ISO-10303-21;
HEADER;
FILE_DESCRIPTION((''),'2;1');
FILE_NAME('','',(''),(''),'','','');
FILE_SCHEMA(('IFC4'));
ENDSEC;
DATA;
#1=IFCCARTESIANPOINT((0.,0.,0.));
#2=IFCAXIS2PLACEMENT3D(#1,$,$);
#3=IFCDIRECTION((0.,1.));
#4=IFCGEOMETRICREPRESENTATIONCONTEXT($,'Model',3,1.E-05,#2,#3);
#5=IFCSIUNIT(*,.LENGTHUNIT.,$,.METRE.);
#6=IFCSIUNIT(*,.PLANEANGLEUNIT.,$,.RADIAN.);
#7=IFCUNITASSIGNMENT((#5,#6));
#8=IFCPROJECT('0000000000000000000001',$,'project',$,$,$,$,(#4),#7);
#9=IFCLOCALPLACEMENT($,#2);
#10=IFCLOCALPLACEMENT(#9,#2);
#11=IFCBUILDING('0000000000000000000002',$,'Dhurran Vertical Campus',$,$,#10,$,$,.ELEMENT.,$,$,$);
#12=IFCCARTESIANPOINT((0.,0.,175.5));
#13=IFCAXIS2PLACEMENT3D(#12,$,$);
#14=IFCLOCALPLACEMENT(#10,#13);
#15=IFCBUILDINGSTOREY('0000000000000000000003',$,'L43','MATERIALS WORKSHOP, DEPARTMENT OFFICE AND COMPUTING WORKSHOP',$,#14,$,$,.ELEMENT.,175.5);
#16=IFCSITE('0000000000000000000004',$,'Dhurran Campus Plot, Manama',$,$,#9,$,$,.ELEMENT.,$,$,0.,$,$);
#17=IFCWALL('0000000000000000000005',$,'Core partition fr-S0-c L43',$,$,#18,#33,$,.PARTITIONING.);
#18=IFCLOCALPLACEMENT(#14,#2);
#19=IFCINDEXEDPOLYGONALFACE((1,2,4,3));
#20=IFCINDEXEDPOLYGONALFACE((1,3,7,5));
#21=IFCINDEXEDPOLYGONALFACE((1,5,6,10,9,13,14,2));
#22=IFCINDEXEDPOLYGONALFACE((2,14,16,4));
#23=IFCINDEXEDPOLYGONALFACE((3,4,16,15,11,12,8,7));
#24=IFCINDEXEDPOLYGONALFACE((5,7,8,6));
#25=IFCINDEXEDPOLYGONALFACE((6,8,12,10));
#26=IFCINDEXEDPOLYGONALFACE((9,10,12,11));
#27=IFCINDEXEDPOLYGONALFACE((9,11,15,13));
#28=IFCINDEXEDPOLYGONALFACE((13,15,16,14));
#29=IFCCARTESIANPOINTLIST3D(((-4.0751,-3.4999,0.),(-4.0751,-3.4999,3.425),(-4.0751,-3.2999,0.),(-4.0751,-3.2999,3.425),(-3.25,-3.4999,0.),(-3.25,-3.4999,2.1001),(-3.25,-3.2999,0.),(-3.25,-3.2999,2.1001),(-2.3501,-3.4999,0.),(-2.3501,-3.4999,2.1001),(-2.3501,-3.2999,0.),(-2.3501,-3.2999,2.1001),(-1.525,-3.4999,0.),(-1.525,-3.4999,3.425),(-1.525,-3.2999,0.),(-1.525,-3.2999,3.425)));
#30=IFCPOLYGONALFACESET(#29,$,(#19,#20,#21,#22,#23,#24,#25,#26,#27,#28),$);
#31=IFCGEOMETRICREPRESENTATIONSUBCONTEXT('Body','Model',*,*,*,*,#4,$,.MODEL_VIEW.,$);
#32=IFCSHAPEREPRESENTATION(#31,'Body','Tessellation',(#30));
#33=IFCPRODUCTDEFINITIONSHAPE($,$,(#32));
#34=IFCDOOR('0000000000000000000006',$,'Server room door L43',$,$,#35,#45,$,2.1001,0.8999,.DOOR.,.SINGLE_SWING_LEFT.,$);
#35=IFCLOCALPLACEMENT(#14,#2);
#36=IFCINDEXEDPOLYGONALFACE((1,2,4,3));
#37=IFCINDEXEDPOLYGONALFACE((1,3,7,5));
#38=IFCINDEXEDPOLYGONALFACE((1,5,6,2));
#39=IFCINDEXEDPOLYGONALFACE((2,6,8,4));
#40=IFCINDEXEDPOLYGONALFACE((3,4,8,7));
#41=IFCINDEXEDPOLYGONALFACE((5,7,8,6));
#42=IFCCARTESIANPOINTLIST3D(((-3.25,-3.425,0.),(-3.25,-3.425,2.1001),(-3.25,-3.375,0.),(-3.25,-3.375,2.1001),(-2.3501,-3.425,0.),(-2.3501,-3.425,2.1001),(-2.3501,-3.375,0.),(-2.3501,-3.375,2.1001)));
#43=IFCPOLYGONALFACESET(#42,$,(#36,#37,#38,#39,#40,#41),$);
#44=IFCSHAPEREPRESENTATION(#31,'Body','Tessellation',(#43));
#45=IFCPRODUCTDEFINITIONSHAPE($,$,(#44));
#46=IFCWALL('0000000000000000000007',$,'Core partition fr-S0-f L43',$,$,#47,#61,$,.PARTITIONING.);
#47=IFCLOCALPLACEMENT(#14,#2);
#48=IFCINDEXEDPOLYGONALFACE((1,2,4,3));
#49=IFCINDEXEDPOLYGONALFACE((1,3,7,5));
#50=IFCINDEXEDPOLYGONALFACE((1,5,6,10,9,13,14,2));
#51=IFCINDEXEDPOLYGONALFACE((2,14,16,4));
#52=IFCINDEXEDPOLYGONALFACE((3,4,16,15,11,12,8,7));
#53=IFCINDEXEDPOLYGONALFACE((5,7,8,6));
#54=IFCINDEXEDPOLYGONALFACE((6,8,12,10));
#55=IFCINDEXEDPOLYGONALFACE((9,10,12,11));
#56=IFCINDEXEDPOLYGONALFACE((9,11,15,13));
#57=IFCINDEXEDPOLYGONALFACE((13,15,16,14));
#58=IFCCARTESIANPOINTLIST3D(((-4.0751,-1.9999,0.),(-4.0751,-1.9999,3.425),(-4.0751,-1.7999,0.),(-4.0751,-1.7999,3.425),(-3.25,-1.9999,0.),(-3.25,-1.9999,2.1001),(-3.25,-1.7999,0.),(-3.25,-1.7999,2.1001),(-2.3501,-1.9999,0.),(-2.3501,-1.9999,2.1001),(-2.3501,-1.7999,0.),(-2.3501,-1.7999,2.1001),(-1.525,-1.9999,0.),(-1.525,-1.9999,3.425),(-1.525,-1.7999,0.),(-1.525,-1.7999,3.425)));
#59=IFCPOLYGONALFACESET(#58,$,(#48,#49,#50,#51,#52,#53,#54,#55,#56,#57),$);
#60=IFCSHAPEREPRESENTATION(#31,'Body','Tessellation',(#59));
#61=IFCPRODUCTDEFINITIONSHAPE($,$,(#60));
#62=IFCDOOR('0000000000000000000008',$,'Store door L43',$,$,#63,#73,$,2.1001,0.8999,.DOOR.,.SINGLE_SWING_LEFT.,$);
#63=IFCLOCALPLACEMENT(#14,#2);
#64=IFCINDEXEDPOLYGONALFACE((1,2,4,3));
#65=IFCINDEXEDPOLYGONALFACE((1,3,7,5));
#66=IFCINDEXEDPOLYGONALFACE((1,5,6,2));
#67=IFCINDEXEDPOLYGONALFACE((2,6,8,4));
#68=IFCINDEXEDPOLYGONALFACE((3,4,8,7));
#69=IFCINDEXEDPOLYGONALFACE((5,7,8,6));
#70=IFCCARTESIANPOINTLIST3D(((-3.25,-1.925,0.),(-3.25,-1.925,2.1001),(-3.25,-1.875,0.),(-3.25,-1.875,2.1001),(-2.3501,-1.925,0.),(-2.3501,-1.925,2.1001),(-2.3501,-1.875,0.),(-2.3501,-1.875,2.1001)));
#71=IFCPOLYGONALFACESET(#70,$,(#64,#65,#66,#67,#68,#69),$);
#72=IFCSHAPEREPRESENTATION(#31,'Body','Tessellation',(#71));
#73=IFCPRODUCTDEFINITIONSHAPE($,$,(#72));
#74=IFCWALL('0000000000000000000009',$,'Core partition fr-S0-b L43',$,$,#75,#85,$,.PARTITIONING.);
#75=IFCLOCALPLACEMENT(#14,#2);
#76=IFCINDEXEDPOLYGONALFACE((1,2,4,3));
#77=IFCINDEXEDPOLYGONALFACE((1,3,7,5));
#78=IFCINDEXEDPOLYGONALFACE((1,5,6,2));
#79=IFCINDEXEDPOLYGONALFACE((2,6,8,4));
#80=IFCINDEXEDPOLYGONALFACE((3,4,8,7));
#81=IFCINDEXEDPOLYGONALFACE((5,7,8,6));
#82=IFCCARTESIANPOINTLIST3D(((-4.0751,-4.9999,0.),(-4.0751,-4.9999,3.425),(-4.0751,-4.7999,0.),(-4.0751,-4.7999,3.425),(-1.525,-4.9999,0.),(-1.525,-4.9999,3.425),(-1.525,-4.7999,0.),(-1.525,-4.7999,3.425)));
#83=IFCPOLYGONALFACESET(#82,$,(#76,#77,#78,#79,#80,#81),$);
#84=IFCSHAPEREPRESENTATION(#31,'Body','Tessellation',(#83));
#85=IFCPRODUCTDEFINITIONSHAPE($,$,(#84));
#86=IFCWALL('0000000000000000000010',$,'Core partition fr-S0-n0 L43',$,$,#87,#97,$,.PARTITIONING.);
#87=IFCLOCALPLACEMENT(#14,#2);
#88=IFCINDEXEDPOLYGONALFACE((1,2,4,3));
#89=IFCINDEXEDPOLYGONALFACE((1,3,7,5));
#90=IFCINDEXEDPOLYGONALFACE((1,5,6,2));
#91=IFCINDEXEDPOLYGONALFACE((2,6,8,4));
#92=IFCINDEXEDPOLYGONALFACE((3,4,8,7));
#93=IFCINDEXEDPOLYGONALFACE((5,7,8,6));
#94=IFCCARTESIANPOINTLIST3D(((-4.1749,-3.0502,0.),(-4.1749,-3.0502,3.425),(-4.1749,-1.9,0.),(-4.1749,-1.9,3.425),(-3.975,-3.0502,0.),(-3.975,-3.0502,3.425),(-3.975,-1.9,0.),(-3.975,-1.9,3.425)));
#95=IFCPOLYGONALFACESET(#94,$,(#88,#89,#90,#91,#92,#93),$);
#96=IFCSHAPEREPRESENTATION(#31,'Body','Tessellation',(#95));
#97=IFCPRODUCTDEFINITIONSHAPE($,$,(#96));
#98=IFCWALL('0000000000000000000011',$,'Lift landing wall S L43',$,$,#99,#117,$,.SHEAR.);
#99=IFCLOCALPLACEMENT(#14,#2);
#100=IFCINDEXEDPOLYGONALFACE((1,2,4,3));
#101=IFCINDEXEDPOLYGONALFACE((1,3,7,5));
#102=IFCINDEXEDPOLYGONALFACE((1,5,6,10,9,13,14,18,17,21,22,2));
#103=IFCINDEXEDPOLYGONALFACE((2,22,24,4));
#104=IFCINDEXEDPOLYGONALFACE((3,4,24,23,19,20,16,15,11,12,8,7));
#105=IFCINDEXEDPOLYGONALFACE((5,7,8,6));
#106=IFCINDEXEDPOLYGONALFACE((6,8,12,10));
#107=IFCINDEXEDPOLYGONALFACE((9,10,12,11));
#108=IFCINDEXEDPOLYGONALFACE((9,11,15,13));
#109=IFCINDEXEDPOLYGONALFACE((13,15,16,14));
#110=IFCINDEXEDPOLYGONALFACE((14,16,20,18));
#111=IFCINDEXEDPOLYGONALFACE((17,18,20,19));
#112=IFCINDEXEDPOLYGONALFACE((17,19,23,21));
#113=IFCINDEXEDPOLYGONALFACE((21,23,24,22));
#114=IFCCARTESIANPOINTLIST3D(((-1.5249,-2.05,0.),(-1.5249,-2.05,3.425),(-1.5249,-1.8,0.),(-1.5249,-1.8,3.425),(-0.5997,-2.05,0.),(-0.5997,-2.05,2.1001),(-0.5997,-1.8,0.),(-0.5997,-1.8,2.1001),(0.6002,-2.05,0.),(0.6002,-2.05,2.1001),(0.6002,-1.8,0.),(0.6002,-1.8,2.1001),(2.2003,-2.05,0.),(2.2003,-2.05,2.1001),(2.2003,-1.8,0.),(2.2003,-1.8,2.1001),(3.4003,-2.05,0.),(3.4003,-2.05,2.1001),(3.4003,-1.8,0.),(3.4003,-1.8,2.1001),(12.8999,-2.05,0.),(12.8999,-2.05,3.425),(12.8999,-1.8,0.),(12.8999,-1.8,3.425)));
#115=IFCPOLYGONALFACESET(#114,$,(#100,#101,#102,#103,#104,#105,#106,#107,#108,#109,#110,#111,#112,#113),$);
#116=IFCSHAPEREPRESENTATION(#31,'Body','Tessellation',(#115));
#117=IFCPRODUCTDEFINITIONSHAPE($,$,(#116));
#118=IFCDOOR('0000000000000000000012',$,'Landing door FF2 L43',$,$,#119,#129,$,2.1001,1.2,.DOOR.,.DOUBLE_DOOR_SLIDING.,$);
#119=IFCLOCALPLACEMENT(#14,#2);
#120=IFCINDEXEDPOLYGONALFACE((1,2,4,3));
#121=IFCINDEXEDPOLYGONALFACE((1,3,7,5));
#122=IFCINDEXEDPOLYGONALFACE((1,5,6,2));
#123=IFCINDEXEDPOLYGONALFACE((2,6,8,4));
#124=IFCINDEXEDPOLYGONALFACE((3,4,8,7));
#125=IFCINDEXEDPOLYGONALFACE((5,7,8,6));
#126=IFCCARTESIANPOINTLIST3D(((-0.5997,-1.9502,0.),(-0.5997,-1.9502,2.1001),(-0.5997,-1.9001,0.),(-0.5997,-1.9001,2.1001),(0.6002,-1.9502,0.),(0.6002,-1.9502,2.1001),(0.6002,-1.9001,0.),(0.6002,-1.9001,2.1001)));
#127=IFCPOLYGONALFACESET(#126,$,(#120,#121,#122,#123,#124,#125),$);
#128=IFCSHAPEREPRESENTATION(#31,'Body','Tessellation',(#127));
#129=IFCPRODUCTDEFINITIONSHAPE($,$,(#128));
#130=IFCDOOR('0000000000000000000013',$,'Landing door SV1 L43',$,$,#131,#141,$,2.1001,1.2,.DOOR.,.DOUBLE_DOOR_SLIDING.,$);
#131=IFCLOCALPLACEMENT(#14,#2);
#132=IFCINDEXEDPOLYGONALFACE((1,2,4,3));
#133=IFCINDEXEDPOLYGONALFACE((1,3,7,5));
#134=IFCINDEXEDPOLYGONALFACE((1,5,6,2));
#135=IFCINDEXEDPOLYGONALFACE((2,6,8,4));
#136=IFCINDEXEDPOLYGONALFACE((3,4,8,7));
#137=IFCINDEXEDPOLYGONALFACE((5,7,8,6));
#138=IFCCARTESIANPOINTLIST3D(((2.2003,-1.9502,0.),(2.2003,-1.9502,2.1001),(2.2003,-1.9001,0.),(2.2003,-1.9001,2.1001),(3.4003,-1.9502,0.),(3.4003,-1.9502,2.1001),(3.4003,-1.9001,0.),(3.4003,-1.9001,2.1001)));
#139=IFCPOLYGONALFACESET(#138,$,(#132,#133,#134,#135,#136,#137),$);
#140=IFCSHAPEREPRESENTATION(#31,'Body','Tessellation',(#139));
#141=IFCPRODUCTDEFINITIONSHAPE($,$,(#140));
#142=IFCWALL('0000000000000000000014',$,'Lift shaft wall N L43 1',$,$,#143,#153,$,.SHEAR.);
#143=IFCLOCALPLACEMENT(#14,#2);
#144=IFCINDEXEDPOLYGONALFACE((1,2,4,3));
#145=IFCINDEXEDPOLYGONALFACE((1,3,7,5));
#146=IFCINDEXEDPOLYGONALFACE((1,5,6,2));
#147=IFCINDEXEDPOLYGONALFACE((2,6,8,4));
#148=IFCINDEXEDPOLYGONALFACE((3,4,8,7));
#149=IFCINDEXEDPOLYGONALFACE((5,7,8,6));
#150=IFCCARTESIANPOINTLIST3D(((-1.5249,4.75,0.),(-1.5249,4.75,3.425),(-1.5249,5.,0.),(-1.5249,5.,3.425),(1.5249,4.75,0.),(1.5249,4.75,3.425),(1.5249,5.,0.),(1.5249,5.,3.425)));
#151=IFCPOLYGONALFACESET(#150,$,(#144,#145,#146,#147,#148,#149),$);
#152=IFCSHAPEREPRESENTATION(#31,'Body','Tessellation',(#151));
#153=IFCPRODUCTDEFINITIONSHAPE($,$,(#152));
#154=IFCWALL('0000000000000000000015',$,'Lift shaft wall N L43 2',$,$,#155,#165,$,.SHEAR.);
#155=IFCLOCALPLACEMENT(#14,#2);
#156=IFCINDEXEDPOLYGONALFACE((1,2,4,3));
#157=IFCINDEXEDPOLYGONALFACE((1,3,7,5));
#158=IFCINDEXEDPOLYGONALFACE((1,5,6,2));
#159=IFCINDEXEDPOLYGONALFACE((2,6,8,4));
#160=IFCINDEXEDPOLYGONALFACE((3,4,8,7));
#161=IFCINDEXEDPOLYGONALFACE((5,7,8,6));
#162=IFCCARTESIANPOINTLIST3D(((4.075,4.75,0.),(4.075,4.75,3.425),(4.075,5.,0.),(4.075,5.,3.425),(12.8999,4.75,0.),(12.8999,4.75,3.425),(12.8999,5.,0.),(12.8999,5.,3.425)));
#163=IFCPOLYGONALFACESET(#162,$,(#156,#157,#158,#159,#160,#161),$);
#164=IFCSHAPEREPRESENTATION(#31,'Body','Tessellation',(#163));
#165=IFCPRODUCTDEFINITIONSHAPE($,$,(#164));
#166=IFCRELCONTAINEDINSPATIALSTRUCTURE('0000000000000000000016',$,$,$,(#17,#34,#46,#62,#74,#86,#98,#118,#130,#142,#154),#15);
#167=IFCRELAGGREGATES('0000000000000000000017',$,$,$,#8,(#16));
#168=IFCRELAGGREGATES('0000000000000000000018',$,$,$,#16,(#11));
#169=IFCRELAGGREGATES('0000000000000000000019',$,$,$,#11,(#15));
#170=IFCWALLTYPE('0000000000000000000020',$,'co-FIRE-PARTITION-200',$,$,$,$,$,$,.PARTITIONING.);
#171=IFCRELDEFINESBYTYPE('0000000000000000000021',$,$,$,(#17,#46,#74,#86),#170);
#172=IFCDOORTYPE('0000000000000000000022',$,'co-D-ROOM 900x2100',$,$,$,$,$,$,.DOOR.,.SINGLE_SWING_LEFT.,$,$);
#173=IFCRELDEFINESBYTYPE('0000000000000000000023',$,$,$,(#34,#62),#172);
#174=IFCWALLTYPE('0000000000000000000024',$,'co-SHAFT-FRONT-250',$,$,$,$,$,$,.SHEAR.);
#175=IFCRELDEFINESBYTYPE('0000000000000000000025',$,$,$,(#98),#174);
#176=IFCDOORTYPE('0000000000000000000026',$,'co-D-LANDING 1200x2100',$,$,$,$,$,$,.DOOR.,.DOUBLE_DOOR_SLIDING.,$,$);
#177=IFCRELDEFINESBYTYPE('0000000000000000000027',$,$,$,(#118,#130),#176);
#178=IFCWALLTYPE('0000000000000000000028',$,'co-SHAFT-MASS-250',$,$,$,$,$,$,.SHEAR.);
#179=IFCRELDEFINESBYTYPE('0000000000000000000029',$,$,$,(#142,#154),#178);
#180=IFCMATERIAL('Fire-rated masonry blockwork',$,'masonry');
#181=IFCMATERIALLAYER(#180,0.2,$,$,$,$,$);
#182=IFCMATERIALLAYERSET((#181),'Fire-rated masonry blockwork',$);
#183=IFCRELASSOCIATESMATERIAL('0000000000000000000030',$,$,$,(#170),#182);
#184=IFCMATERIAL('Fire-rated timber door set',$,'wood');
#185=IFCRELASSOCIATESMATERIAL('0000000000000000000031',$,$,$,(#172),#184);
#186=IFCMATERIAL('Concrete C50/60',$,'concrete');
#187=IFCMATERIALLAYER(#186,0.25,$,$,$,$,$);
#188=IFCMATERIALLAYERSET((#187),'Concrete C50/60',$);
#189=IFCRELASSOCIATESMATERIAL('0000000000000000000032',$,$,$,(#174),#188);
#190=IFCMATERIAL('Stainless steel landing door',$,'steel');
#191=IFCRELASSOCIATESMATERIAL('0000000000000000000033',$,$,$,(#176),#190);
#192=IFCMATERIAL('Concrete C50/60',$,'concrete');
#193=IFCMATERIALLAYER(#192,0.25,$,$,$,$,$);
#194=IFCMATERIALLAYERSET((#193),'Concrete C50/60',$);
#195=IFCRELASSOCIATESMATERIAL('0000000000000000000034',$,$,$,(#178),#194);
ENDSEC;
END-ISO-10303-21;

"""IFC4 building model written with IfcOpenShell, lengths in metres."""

from ifc_helpers import new_model, si_unit, direction, frame, frame_2d, origin, place, context, subcontext, project, spatial, polyline, rectangle, outline, extrude, material, layer, layer_set, type_object, element, fill, save


model = new_model("IFC4")

# Units and contexts
model_context = context("Model", 3, precision=1e-05, world=origin(), true_north=direction((0.0, 1.0)))
body_context = subcontext(model_context, "Body", "Model", "MODEL_VIEW")
ifc_project = project(units=[si_unit("LENGTHUNIT", "METRE"), si_unit("PLANEANGLEUNIT", "RADIAN")], contexts=[model_context])

# Site, building, storey
site_placement = place(None, origin())
site = spatial("IfcSite", under=ifc_project, at=site_placement, Name="Dhurran Campus Plot, Manama", CompositionType="ELEMENT", RefElevation=0.0)
building_placement = place(site_placement, origin())
building = spatial("IfcBuilding", under=site, at=building_placement, Name="Dhurran Vertical Campus", CompositionType="ELEMENT")
storey_placement = place(building_placement, frame((0.0, 0.0, 175.5)))
storey = spatial("IfcBuildingStorey", under=building, at=storey_placement, Name="L43", Description="MATERIALS WORKSHOP, DEPARTMENT OFFICE AND COMPUTING WORKSHOP", CompositionType="ELEMENT", Elevation=175.5)

# Shared definitions
ifc_material_1 = material(Name="Fire-rated masonry blockwork", Category="masonry")
ifc_layer_1 = layer(ifc_material_1, 0.2)
ifc_layer_set_1 = layer_set([ifc_layer_1], Name="Fire-rated masonry blockwork")
wall_type_1 = type_object("IfcWallType", Name="co-FIRE-PARTITION-200", PredefinedType="PARTITIONING", material=ifc_layer_set_1)

# Walls, openings, doors
wall_1_placement = place(storey_placement, frame((-4.075, -3.3999, 0.0), z_axis=(0.0, 0.0, 1.0), x_axis=(1.0, 0.0, 0.0)))
wall_1 = element("IfcWall", 1, at=wall_1_placement, inside=storey, type_object=wall_type_1, Name="Core partition fr-S0-c L43", PredefinedType="PARTITIONING", context=body_context, shape_type="SweptSolid", body=[
    extrude(rectangle(XDim=2.55, YDim=0.2, at=frame_2d((1.2749, 0.0))), origin(), (0.0, 0.0, 1.0), 3.425),
])
opening_1_placement = place(wall_1_placement, frame((0.825, 0.0, 0.0)))
opening_1 = element("IfcOpeningElement", 2, at=opening_1_placement, cuts=wall_1, PredefinedType="OPENING", context=body_context, shape_type="SweptSolid", body=[
    extrude(rectangle(XDim=0.8999, YDim=2.1001, at=frame_2d((0.45, 1.05))), frame((0.0, 0.1099, 0.0), z_axis=(0.0, -1.0, 0.0), x_axis=(1.0, 0.0, 0.0)), (0.0, 0.0, 1.0), 0.22),
])
ifc_material_2 = material(Name="Fire-rated timber door set", Category="wood")
door_type_1 = type_object("IfcDoorType", Name="co-D-ROOM 900x2100", OperationType="SINGLE_SWING_LEFT", PredefinedType="DOOR", material=ifc_material_2)
door_1_placement = place(opening_1_placement, origin())
door_1 = element("IfcDoor", 3, at=door_1_placement, inside=storey, type_object=door_type_1, Name="Server room door L43", OperationType="SINGLE_SWING_LEFT", OverallHeight=2.1001, OverallWidth=0.8999, PredefinedType="DOOR", context=body_context, shape_type="SweptSolid", body=[
    extrude(rectangle(XDim=0.8999, YDim=2.1001, at=frame_2d((0.45, 1.05))), frame((0.0, 0.0249, 0.0), z_axis=(0.0, -1.0, 0.0), x_axis=(1.0, 0.0, 0.0)), (0.0, 0.0, 1.0), 0.05),
])
fill(opening_1, door_1)
wall_2_placement = place(storey_placement, frame((-4.075, -1.8999, 0.0), z_axis=(0.0, 0.0, 1.0), x_axis=(1.0, 0.0, 0.0)))
wall_2 = element("IfcWall", 4, at=wall_2_placement, inside=storey, type_object=wall_type_1, Name="Core partition fr-S0-f L43", PredefinedType="PARTITIONING", context=body_context, shape_type="SweptSolid", body=[
    extrude(rectangle(XDim=2.55, YDim=0.2, at=frame_2d((1.2749, 0.0))), origin(), (0.0, 0.0, 1.0), 3.425),
])
opening_2_placement = place(wall_2_placement, frame((0.825, 0.0, 0.0)))
opening_2 = element("IfcOpeningElement", 5, at=opening_2_placement, cuts=wall_2, PredefinedType="OPENING", context=body_context, shape_type="SweptSolid", body=[
    extrude(rectangle(XDim=0.8999, YDim=2.1001, at=frame_2d((0.45, 1.05))), frame((0.0, 0.1099, 0.0), z_axis=(0.0, -1.0, 0.0), x_axis=(1.0, 0.0, 0.0)), (0.0, 0.0, 1.0), 0.22),
])
door_2_placement = place(opening_2_placement, origin())
door_2 = element("IfcDoor", 6, at=door_2_placement, inside=storey, type_object=door_type_1, Name="Store door L43", OperationType="SINGLE_SWING_LEFT", OverallHeight=2.1001, OverallWidth=0.8999, PredefinedType="DOOR", context=body_context, shape_type="SweptSolid", body=[
    extrude(rectangle(XDim=0.8999, YDim=2.1001, at=frame_2d((0.45, 1.05))), frame((0.0, 0.0249, 0.0), z_axis=(0.0, -1.0, 0.0), x_axis=(1.0, 0.0, 0.0)), (0.0, 0.0, 1.0), 0.05),
])
fill(opening_2, door_2)

# Walls
wall_3_placement = place(storey_placement, frame((-4.075, -4.8999, 0.0), z_axis=(0.0, 0.0, 1.0), x_axis=(1.0, 0.0, 0.0)))
element("IfcWall", 7, at=wall_3_placement, inside=storey, type_object=wall_type_1, Name="Core partition fr-S0-b L43", PredefinedType="PARTITIONING", context=body_context, shape_type="SweptSolid", body=[
    extrude(rectangle(XDim=2.55, YDim=0.2, at=frame_2d((1.2749, 0.0))), origin(), (0.0, 0.0, 1.0), 3.425),
])
wall_4_placement = place(storey_placement, frame((-4.075, -1.8999, 0.0), z_axis=(0.0, 0.0, 1.0), x_axis=(0.0, -1.0, 0.0)))
element("IfcWall", 8, at=wall_4_placement, inside=storey, type_object=wall_type_1, Name="Core partition fr-S0-n0 L43", PredefinedType="PARTITIONING", context=body_context, shape_type="SweptSolid", body=[
    extrude(rectangle(XDim=1.1501, YDim=0.2, at=frame_2d((0.5752, 0.0))), origin(), (0.0, 0.0, 1.0), 3.425),
])

# Wall, openings, doors
ifc_material_3 = material(Name="Concrete C50/60", Category="concrete")
ifc_layer_2 = layer(ifc_material_3, 0.25)
ifc_layer_set_2 = layer_set([ifc_layer_2], Name="Concrete C50/60")
wall_type_2 = type_object("IfcWallType", Name="co-SHAFT-FRONT-250", PredefinedType="SHEAR", material=ifc_layer_set_2)
wall_5_placement = place(storey_placement, frame((-1.5249, -1.925, 0.0), z_axis=(0.0, 0.0, 1.0), x_axis=(1.0, 0.0, 0.0)))
wall_5 = element("IfcWall", 9, at=wall_5_placement, inside=storey, type_object=wall_type_2, Name="Lift landing wall S L43", PredefinedType="SHEAR", context=body_context, shape_type="SweptSolid", body=[
    extrude(rectangle(XDim=14.4248, YDim=0.25, at=frame_2d((7.2124, 0.0))), origin(), (0.0, 0.0, 1.0), 3.425),
])
opening_3_placement = place(wall_5_placement, frame((0.925, 0.0, 0.0)))
opening_3 = element("IfcOpeningElement", 10, at=opening_3_placement, cuts=wall_5, PredefinedType="OPENING", context=body_context, shape_type="SweptSolid", body=[
    extrude(rectangle(XDim=1.2, YDim=2.1001, at=frame_2d((0.6001, 1.05))), frame((0.0, 0.135, 0.0), z_axis=(0.0, -1.0, 0.0), x_axis=(1.0, 0.0, 0.0)), (0.0, 0.0, 1.0), 0.27),
])
opening_4_placement = place(wall_5_placement, frame((3.7251, 0.0, 0.0)))
opening_4 = element("IfcOpeningElement", 11, at=opening_4_placement, cuts=wall_5, PredefinedType="OPENING", context=body_context, shape_type="SweptSolid", body=[
    extrude(rectangle(XDim=1.2, YDim=2.1001, at=frame_2d((0.6001, 1.05))), frame((0.0, 0.135, 0.0), z_axis=(0.0, -1.0, 0.0), x_axis=(1.0, 0.0, 0.0)), (0.0, 0.0, 1.0), 0.27),
])
ifc_material_4 = material(Name="Stainless steel landing door", Category="steel")
door_type_2 = type_object("IfcDoorType", Name="co-D-LANDING 1200x2100", OperationType="DOUBLE_DOOR_SLIDING", PredefinedType="DOOR", material=ifc_material_4)
door_3_placement = place(opening_3_placement, origin())
door_3 = element("IfcDoor", 12, at=door_3_placement, inside=storey, type_object=door_type_2, Name="Landing door FF2 L43", OperationType="DOUBLE_DOOR_SLIDING", OverallHeight=2.1001, OverallWidth=1.2, PredefinedType="DOOR", context=body_context, shape_type="SweptSolid", body=[
    extrude(rectangle(XDim=1.2, YDim=2.1001, at=frame_2d((0.6001, 1.05))), frame((0.0, 0.0249, 0.0), z_axis=(0.0, -1.0, 0.0), x_axis=(1.0, 0.0, 0.0)), (0.0, 0.0, 1.0), 0.05),
])
fill(opening_3, door_3)
door_4_placement = place(opening_4_placement, origin())
door_4 = element("IfcDoor", 13, at=door_4_placement, inside=storey, type_object=door_type_2, Name="Landing door SV1 L43", OperationType="DOUBLE_DOOR_SLIDING", OverallHeight=2.1001, OverallWidth=1.2, PredefinedType="DOOR", context=body_context, shape_type="SweptSolid", body=[
    extrude(rectangle(XDim=1.2, YDim=2.1001, at=frame_2d((0.6001, 1.05))), frame((0.0, 0.0249, 0.0), z_axis=(0.0, -1.0, 0.0), x_axis=(1.0, 0.0, 0.0)), (0.0, 0.0, 1.0), 0.05),
])
fill(opening_4, door_4)

# Walls
ifc_material_5 = material(Name="Concrete C50/60", Category="concrete")
ifc_layer_3 = layer(ifc_material_5, 0.25)
ifc_layer_set_3 = layer_set([ifc_layer_3], Name="Concrete C50/60")
wall_type_3 = type_object("IfcWallType", Name="co-SHAFT-MASS-250", PredefinedType="SHEAR", material=ifc_layer_set_3)
wall_6_placement = place(storey_placement, origin())
element("IfcWall", 14, at=wall_6_placement, inside=storey, type_object=wall_type_3, Name="Lift shaft wall N L43 1", PredefinedType="SHEAR", context=body_context, shape_type="SweptSolid", body=[
    extrude(outline(polyline([(-1.5249, 4.75), (1.5249, 4.75), (1.5249, 5.0), (-1.5249, 5.0), (-1.5249, 4.75)])), origin(), (0.0, 0.0, 1.0), 3.425),
])
wall_7_placement = place(storey_placement, origin())
element("IfcWall", 15, at=wall_7_placement, inside=storey, type_object=wall_type_3, Name="Lift shaft wall N L43 2", PredefinedType="SHEAR", context=body_context, shape_type="SweptSolid", body=[
    extrude(outline(polyline([(4.075, 4.75), (12.8999, 4.75), (12.8999, 5.0), (4.075, 5.0), (4.075, 4.75)])), origin(), (0.0, 0.0, 1.0), 3.425),
])

save(model, "model.ifc")
